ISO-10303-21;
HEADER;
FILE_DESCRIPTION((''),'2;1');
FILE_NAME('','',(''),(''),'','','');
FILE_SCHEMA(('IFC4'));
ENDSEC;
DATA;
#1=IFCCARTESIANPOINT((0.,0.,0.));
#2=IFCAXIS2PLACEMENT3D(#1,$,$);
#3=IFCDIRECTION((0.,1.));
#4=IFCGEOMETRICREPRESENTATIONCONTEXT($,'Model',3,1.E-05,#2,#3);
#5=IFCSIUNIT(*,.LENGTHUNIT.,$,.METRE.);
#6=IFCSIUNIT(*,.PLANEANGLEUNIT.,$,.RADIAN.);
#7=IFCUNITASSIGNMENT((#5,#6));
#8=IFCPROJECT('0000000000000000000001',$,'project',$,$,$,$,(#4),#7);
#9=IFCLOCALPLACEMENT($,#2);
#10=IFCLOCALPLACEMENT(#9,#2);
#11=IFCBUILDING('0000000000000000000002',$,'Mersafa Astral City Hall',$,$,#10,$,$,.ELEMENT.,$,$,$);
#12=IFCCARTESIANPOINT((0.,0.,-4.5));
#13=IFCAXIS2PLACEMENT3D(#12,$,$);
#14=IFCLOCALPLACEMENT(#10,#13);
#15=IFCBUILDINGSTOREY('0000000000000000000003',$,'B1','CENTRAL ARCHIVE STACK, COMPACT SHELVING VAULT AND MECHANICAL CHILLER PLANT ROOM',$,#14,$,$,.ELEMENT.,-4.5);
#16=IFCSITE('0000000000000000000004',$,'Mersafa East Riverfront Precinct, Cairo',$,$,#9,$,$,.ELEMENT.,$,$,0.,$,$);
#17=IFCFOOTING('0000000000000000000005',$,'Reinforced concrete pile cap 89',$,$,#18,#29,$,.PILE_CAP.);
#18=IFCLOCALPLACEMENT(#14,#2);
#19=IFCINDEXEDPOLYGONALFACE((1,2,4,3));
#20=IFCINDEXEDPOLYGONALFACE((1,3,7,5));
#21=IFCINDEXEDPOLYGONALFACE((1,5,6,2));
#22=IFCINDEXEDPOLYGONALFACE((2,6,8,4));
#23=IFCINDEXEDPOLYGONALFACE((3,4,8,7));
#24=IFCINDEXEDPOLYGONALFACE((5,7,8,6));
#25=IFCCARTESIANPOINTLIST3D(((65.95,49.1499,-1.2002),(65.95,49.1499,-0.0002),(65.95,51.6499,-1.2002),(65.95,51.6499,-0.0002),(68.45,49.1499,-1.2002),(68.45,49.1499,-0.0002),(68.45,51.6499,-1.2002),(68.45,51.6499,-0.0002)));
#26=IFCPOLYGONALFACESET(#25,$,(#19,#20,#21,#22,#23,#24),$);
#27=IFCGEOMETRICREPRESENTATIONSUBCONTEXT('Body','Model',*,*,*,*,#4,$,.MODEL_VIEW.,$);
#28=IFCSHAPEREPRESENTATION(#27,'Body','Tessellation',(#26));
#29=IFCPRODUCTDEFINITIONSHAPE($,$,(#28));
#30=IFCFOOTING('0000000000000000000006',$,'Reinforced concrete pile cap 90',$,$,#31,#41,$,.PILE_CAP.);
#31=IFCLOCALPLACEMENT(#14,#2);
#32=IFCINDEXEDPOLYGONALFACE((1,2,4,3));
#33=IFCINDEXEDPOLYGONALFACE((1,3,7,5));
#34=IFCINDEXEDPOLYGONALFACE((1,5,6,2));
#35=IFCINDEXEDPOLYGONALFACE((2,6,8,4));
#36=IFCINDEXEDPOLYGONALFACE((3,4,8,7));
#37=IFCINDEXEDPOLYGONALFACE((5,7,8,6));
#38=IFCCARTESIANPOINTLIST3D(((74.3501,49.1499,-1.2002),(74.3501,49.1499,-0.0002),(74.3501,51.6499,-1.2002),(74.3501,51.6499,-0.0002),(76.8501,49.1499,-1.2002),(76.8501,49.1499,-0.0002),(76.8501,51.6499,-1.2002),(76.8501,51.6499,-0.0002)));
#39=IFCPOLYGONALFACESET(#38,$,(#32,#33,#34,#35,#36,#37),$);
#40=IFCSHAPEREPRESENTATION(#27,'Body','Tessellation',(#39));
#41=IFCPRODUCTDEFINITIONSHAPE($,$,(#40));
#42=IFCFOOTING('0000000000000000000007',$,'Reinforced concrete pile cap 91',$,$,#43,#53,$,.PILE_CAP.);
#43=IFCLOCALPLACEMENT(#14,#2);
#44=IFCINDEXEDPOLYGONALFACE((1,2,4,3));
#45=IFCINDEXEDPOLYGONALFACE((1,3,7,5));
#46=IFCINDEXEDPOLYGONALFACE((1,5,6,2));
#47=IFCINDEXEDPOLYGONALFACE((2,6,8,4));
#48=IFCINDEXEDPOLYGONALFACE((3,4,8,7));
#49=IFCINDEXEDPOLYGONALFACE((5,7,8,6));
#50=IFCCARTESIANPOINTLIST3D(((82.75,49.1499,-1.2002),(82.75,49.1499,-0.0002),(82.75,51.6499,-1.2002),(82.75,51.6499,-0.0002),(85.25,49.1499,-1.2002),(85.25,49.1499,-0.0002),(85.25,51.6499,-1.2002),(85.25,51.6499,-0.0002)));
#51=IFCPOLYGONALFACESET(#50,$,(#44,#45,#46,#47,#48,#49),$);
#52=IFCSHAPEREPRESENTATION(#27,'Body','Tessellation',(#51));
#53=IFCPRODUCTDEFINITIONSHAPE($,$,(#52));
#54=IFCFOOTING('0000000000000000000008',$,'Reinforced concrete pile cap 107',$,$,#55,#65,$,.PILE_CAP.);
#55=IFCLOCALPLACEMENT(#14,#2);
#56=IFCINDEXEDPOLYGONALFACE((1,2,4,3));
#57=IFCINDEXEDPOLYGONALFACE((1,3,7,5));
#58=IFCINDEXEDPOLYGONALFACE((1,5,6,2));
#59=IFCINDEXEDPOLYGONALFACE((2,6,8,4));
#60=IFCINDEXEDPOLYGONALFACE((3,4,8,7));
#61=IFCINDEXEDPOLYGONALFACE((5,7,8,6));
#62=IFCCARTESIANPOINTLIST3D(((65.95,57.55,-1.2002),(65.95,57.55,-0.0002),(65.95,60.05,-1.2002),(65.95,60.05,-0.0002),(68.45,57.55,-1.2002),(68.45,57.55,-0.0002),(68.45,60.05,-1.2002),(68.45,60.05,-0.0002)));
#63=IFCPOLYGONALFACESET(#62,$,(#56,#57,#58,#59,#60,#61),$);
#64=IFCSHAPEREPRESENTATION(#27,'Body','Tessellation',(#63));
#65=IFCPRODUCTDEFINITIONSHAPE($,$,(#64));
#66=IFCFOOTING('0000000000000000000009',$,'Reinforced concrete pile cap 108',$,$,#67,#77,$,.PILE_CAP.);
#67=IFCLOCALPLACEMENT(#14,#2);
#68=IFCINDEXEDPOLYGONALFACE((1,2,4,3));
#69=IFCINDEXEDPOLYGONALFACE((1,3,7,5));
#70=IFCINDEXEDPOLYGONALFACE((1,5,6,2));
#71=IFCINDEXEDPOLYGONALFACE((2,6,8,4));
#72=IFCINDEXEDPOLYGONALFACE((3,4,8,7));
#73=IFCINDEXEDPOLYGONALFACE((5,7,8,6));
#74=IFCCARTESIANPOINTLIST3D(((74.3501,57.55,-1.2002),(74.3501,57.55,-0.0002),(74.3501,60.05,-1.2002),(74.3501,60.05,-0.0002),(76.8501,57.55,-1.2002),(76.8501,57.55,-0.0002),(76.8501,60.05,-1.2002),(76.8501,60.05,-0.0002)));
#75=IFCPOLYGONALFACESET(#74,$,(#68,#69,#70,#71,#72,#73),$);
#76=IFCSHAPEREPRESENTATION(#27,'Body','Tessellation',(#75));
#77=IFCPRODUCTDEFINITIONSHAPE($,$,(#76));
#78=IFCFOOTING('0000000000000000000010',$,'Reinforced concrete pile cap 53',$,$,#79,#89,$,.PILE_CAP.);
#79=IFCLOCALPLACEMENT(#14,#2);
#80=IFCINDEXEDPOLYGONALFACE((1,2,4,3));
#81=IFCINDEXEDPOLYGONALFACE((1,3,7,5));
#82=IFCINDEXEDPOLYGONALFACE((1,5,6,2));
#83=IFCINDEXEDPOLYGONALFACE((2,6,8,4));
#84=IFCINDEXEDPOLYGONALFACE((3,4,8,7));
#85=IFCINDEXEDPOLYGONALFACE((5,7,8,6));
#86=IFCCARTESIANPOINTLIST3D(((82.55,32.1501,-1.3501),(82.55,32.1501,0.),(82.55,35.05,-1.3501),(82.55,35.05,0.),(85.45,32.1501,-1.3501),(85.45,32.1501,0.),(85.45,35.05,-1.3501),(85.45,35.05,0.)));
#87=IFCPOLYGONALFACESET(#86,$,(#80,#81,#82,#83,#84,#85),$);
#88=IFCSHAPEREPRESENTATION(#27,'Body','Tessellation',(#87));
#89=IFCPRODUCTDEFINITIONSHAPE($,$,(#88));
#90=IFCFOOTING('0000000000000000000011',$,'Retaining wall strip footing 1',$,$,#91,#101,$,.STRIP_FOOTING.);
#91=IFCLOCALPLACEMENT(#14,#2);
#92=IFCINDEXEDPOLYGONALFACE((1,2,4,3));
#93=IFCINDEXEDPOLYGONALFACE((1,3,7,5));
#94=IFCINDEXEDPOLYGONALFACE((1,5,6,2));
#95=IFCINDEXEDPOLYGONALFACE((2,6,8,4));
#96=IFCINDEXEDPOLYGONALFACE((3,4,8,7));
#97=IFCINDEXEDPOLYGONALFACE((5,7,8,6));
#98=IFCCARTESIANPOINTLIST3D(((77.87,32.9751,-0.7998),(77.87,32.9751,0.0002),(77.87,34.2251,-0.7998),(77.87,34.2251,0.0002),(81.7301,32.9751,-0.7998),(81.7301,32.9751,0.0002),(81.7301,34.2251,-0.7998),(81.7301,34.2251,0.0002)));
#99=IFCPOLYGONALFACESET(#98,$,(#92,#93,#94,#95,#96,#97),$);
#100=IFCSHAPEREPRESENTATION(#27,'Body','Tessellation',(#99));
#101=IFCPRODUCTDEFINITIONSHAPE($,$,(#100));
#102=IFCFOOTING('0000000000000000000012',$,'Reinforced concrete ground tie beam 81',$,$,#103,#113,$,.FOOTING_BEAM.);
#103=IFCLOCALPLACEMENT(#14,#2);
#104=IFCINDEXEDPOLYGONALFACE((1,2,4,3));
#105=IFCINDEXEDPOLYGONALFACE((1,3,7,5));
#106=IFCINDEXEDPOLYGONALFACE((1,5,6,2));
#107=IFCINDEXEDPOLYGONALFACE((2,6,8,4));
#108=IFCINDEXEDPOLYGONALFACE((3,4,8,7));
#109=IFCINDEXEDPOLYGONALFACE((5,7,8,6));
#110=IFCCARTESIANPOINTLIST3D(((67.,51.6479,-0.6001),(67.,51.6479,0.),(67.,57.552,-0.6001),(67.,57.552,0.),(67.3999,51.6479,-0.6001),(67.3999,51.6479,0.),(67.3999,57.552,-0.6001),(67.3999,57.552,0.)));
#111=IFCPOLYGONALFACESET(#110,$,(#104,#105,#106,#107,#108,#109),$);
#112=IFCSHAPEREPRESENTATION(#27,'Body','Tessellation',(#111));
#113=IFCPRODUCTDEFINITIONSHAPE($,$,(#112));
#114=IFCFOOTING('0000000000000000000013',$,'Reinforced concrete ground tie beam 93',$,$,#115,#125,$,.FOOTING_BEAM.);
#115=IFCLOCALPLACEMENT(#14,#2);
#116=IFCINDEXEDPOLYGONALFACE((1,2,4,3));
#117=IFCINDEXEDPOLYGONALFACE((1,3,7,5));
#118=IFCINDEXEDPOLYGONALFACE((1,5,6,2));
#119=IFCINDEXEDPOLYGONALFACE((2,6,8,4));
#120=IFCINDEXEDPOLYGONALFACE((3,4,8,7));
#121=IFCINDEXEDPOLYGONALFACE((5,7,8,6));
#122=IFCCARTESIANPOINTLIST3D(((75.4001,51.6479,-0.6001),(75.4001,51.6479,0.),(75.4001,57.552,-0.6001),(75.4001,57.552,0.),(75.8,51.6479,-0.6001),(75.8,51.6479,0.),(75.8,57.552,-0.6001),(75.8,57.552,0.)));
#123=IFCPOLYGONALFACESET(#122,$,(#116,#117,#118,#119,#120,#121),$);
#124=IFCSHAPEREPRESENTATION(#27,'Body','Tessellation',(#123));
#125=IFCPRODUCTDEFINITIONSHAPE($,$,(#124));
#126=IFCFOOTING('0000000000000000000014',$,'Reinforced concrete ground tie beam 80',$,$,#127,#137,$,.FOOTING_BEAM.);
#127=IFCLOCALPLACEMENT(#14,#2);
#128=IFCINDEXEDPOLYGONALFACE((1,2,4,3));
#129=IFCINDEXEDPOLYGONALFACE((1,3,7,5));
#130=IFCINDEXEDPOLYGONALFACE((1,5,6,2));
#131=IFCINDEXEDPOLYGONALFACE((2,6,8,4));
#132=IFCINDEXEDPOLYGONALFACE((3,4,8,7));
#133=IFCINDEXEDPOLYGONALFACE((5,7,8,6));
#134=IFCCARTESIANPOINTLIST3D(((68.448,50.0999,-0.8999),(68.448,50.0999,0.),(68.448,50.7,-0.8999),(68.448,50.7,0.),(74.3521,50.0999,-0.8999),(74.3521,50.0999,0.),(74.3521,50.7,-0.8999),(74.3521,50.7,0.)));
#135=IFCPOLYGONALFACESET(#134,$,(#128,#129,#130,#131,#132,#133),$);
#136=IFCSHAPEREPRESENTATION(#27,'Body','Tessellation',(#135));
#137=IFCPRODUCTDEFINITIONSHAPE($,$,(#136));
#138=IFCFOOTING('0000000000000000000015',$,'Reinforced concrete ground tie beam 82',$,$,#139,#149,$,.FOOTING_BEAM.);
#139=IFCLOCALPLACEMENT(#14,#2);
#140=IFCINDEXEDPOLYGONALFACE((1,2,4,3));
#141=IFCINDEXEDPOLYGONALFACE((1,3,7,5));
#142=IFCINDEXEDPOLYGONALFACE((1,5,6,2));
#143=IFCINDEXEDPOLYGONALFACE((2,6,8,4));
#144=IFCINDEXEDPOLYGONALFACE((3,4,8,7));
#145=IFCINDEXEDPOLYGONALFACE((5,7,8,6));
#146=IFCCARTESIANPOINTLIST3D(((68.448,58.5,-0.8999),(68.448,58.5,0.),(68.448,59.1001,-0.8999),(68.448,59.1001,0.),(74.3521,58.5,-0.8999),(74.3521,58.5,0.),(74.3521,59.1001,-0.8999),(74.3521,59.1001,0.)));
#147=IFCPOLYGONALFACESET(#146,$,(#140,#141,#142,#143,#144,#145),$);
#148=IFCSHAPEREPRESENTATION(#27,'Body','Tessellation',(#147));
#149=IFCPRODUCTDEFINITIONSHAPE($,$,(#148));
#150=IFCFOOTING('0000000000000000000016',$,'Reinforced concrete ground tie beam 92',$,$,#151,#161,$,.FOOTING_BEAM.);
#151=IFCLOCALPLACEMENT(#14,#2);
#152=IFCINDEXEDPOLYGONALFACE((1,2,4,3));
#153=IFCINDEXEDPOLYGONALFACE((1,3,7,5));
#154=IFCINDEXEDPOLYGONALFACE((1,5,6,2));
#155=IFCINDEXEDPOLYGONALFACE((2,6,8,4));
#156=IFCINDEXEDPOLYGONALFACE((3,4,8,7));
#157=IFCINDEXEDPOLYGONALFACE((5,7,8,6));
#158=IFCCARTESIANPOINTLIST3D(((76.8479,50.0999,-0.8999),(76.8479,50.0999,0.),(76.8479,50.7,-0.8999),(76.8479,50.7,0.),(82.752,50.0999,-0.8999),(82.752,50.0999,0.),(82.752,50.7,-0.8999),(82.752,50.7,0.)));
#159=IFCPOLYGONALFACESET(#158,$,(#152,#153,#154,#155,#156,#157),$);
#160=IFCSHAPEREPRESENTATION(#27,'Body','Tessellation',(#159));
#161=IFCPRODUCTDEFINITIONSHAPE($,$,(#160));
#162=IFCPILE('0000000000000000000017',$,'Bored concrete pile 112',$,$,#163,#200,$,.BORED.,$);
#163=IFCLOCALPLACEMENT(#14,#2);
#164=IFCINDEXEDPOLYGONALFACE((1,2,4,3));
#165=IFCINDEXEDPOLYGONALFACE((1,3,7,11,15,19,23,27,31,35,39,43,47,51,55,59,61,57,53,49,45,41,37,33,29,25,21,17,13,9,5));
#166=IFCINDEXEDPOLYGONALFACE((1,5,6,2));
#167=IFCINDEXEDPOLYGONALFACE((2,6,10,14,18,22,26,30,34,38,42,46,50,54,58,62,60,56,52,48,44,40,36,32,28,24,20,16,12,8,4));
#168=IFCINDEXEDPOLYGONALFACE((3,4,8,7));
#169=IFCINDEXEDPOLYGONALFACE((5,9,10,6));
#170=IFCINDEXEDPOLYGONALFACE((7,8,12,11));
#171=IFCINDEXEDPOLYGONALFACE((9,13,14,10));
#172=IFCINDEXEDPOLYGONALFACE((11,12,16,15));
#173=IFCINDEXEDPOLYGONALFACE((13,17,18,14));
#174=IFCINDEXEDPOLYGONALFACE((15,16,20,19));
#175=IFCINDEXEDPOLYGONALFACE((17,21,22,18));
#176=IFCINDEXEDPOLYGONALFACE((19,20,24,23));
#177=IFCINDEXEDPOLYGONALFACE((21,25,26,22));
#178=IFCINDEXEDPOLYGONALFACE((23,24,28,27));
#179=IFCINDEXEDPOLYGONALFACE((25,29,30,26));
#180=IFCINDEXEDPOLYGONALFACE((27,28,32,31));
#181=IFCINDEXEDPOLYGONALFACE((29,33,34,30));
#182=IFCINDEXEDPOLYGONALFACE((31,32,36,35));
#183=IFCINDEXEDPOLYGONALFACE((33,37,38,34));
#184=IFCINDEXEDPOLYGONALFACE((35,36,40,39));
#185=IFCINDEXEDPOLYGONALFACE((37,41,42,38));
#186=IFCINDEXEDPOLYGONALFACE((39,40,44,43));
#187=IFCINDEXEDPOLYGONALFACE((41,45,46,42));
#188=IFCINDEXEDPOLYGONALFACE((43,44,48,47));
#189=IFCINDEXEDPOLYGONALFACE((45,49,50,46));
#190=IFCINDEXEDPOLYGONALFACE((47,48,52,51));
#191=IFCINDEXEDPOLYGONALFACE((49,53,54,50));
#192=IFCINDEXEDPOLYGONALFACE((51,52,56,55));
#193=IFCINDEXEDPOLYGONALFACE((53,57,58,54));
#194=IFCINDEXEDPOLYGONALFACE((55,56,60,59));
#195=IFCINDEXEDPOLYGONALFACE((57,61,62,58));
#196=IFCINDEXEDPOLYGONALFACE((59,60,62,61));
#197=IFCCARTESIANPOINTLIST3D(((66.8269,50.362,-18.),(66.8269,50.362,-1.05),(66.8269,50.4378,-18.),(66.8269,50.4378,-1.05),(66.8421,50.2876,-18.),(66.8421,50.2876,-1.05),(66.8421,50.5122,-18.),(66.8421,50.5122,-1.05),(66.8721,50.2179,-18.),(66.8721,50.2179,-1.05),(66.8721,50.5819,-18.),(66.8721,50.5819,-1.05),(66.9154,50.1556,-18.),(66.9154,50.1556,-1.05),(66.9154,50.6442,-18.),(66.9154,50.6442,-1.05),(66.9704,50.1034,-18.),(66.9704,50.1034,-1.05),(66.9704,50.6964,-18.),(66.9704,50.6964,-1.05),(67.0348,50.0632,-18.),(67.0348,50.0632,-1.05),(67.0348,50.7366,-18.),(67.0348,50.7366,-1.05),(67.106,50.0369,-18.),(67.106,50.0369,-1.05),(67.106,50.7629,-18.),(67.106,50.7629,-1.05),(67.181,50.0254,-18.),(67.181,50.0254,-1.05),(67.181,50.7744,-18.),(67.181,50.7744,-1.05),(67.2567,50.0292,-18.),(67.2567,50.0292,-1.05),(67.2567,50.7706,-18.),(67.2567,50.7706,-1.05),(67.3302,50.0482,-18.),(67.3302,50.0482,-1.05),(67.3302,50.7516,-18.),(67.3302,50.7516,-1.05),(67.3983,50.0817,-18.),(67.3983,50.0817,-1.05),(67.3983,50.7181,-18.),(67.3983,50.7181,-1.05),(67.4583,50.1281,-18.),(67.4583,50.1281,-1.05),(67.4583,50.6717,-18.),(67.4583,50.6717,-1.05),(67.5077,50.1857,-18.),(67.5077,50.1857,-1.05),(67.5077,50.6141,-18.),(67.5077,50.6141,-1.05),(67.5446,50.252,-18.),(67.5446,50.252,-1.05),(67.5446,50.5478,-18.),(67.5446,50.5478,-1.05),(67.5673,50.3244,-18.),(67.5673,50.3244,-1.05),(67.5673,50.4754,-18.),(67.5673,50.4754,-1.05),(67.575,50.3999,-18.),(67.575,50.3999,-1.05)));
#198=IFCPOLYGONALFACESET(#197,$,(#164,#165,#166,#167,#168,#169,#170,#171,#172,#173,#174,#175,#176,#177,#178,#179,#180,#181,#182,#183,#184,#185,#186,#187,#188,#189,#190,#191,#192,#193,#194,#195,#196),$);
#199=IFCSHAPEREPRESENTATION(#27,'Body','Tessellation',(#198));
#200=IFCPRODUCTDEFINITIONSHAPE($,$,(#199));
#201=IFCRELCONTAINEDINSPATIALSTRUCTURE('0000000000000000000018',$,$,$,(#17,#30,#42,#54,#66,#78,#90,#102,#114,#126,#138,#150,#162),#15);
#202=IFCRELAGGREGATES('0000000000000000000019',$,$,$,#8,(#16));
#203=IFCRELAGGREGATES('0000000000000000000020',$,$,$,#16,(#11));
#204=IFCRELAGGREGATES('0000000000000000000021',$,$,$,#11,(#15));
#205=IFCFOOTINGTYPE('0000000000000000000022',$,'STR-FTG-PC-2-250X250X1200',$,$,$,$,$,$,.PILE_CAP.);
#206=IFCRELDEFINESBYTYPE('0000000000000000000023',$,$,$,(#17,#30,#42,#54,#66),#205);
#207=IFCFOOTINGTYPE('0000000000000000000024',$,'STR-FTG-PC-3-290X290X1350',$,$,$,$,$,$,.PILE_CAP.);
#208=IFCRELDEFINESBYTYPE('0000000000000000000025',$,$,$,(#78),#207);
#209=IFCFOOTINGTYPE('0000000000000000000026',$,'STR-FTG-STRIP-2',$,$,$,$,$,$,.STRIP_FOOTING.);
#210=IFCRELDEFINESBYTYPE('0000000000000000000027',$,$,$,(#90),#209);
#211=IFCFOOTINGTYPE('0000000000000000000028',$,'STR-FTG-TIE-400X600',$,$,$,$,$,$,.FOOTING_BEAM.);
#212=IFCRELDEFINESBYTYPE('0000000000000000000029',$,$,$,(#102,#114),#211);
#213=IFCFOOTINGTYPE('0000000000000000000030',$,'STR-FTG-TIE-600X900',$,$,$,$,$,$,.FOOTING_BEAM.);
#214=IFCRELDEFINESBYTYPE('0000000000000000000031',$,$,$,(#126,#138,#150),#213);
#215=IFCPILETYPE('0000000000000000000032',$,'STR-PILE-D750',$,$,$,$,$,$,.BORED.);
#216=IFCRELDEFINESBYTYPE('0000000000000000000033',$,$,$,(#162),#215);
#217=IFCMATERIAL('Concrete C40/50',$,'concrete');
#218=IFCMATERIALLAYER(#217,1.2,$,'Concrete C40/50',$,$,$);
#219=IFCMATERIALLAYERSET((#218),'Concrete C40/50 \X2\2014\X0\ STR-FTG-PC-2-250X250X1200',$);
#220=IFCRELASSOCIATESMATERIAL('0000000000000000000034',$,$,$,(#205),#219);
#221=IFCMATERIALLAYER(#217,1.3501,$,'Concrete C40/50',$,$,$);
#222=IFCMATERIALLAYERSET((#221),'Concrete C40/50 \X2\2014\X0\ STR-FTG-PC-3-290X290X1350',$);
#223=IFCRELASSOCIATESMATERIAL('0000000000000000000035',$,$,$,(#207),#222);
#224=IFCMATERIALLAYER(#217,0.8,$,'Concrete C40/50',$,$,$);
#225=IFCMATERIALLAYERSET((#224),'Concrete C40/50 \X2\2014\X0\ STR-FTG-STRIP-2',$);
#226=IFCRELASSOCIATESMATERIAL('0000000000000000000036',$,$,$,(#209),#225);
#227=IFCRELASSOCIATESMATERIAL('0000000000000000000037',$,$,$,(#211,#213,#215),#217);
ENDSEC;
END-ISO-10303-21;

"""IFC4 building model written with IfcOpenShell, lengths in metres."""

from ifc_helpers import new_model, si_unit, direction, frame, origin, origin_2d, place, context, subcontext, project, spatial, rectangle, circle, extrude, material, layer, layer_set, material_profile, profile_set, type_object, element, save


model = new_model("IFC4")

# Units and contexts
model_context = context("Model", 3, precision=1e-05, world=origin(), true_north=direction((0.0, 1.0)))
body_context = subcontext(model_context, "Body", "Model", "MODEL_VIEW")
ifc_project = project(units=[si_unit("LENGTHUNIT", "METRE"), si_unit("PLANEANGLEUNIT", "RADIAN")], contexts=[model_context])

# Site, building, storey
site_placement = place(None, origin())
site = spatial("IfcSite", under=ifc_project, at=site_placement, Name="Mersafa East Riverfront Precinct, Cairo", CompositionType="ELEMENT", RefElevation=0.0)
building_placement = place(site_placement, origin())
building = spatial("IfcBuilding", under=site, at=building_placement, Name="Mersafa Astral City Hall", CompositionType="ELEMENT")
storey_placement = place(building_placement, frame((0.0, 0.0, -4.5)))
storey = spatial("IfcBuildingStorey", under=building, at=storey_placement, Name="B1", Description="CENTRAL ARCHIVE STACK, COMPACT SHELVING VAULT AND MECHANICAL CHILLER PLANT ROOM", CompositionType="ELEMENT", Elevation=-4.5)

# Footings
ifc_material_1 = material(Name="Concrete C40/50", Category="concrete")
ifc_layer_1 = layer(ifc_material_1, 1.2, Name="Concrete C40/50")
ifc_layer_set_1 = layer_set([ifc_layer_1], Name="Concrete C40/50 — STR-FTG-PC-2-250X250X1200")
footing_type_1 = type_object("IfcFootingType", Name="STR-FTG-PC-2-250X250X1200", PredefinedType="PILE_CAP", material=ifc_layer_set_1)
for number, where, z_axis, x_axis, name in (
    (1, (67.2, 50.3999, -1.2002), (0.0, 0.0, 1.0), (1.0, 0.0, 0.0), "Reinforced concrete pile cap 89"),
    (2, (75.6001, 50.3999, -1.2002), (0.0, 0.0, 1.0), (1.0, 0.0, 0.0), "Reinforced concrete pile cap 90"),
    (3, (84.0, 50.3999, -1.2002), (0.0, 0.0, 1.0), (1.0, 0.0, 0.0), "Reinforced concrete pile cap 91"),
    (4, (67.2, 58.8, -1.2002), (0.0, 0.0, 1.0), (1.0, 0.0, 0.0), "Reinforced concrete pile cap 107"),
    (5, (75.6001, 58.8, -1.2002), (0.0, 0.0, 1.0), (1.0, 0.0, 0.0), "Reinforced concrete pile cap 108"),
):
    element("IfcFooting", number, at=place(storey_placement, frame(where, z_axis=z_axis, x_axis=x_axis)), inside=storey, type_object=footing_type_1, Name=name, PredefinedType="PILE_CAP", context=body_context, shape_type="SweptSolid", body=[
        extrude(rectangle(XDim=2.5, YDim=2.5, at=origin_2d()), origin(), (0.0, 0.0, 1.0), 1.2),
    ])
ifc_layer_2 = layer(ifc_material_1, 1.3501, Name="Concrete C40/50")
ifc_layer_set_2 = layer_set([ifc_layer_2], Name="Concrete C40/50 — STR-FTG-PC-3-290X290X1350")
footing_type_2 = type_object("IfcFootingType", Name="STR-FTG-PC-3-290X290X1350", PredefinedType="PILE_CAP", material=ifc_layer_set_2)
footing_1_placement = place(storey_placement, frame((84.0, 33.6001, -1.3501), z_axis=(0.0, 0.0, 1.0), x_axis=(1.0, 0.0, 0.0)))
element("IfcFooting", 6, at=footing_1_placement, inside=storey, type_object=footing_type_2, Name="Reinforced concrete pile cap 53", PredefinedType="PILE_CAP", context=body_context, shape_type="SweptSolid", body=[
    extrude(rectangle(XDim=2.8999, YDim=2.8999, at=origin_2d()), origin(), (0.0, 0.0, 1.0), 1.3501),
])
ifc_layer_3 = layer(ifc_material_1, 0.8, Name="Concrete C40/50")
ifc_layer_set_3 = layer_set([ifc_layer_3], Name="Concrete C40/50 — STR-FTG-STRIP-2")
footing_type_3 = type_object("IfcFootingType", Name="STR-FTG-STRIP-2", PredefinedType="STRIP_FOOTING", material=ifc_layer_set_3)
footing_2_placement = place(storey_placement, frame((79.8, 33.6001, -0.7998), z_axis=(0.0, 0.0, 1.0), x_axis=(1.0, 0.0, 0.0)))
element("IfcFooting", 7, at=footing_2_placement, inside=storey, type_object=footing_type_3, Name="Retaining wall strip footing 1", PredefinedType="STRIP_FOOTING", context=body_context, shape_type="SweptSolid", body=[
    extrude(rectangle(XDim=3.8601, YDim=1.25, at=origin_2d()), origin(), (0.0, 0.0, 1.0), 0.8),
])
ifc_material_profile_1 = material_profile(ifc_material_1, rectangle(XDim=0.3999, YDim=0.6001, at=origin_2d()), Name="RC 400x600")
ifc_profile_set_1 = profile_set([ifc_material_profile_1], Name="Concrete C40/50")
footing_type_4 = type_object("IfcFootingType", Name="STR-FTG-TIE-400X600", PredefinedType="FOOTING_BEAM", material=ifc_profile_set_1)
for number, where, z_axis, x_axis, name in (
    (8, (67.2, 51.6479, -0.3), (0.0, 1.0, 0.0), (-1.0, 0.0, 0.0), "Reinforced concrete ground tie beam 81"),
    (9, (75.6001, 51.6479, -0.3), (0.0, 1.0, 0.0), (-1.0, 0.0, 0.0), "Reinforced concrete ground tie beam 93"),
):
    element("IfcFooting", number, at=place(storey_placement, frame(where, z_axis=z_axis, x_axis=x_axis)), inside=storey, type_object=footing_type_4, Name=name, PredefinedType="FOOTING_BEAM", context=body_context, shape_type="SweptSolid", body=[
        extrude(rectangle(XDim=0.3999, YDim=0.6001, at=origin_2d()), origin(), (0.0, 0.0, 1.0), 5.9041),
    ])
ifc_material_profile_2 = material_profile(ifc_material_1, rectangle(XDim=0.6001, YDim=0.8999, at=origin_2d()), Name="RC 600x900")
ifc_profile_set_2 = profile_set([ifc_material_profile_2], Name="Concrete C40/50")
footing_type_5 = type_object("IfcFootingType", Name="STR-FTG-TIE-600X900", PredefinedType="FOOTING_BEAM", material=ifc_profile_set_2)
for number, where, z_axis, x_axis, name in (
    (10, (68.448, 50.3999, -0.45), (1.0, 0.0, 0.0), (0.0, 1.0, 0.0), "Reinforced concrete ground tie beam 80"),
    (11, (68.448, 58.8, -0.45), (1.0, 0.0, 0.0), (0.0, 1.0, 0.0), "Reinforced concrete ground tie beam 82"),
    (12, (76.8479, 50.3999, -0.45), (1.0, 0.0, 0.0), (0.0, 1.0, 0.0), "Reinforced concrete ground tie beam 92"),
):
    element("IfcFooting", number, at=place(storey_placement, frame(where, z_axis=z_axis, x_axis=x_axis)), inside=storey, type_object=footing_type_5, Name=name, PredefinedType="FOOTING_BEAM", context=body_context, shape_type="SweptSolid", body=[
        extrude(rectangle(XDim=0.6001, YDim=0.8999, at=origin_2d()), origin(), (0.0, 0.0, 1.0), 5.9041),
    ])

# Pile
ifc_material_profile_3 = material_profile(ifc_material_1, circle(Radius=0.375, at=origin_2d()), Name="PILE D750")
ifc_profile_set_3 = profile_set([ifc_material_profile_3], Name="Concrete C40/50")
pile_type_1 = type_object("IfcPileType", Name="STR-PILE-D750", PredefinedType="BORED", material=ifc_profile_set_3)
for number, where, z_axis, x_axis, name in (
    (13, (67.2, 50.3999, -1.05), (0.0, 0.0, -1.0), (1.0, 0.0, 0.0), "Bored concrete pile 112"),
):
    element("IfcPile", number, at=place(storey_placement, frame(where, z_axis=z_axis, x_axis=x_axis)), inside=storey, type_object=pile_type_1, Name=name, PredefinedType="BORED", context=body_context, shape_type="SweptSolid", body=[
        extrude(circle(Radius=0.375, at=origin_2d()), origin(), (0.0, 0.0, 1.0), 16.95),
    ])

save(model, "model.ifc")
